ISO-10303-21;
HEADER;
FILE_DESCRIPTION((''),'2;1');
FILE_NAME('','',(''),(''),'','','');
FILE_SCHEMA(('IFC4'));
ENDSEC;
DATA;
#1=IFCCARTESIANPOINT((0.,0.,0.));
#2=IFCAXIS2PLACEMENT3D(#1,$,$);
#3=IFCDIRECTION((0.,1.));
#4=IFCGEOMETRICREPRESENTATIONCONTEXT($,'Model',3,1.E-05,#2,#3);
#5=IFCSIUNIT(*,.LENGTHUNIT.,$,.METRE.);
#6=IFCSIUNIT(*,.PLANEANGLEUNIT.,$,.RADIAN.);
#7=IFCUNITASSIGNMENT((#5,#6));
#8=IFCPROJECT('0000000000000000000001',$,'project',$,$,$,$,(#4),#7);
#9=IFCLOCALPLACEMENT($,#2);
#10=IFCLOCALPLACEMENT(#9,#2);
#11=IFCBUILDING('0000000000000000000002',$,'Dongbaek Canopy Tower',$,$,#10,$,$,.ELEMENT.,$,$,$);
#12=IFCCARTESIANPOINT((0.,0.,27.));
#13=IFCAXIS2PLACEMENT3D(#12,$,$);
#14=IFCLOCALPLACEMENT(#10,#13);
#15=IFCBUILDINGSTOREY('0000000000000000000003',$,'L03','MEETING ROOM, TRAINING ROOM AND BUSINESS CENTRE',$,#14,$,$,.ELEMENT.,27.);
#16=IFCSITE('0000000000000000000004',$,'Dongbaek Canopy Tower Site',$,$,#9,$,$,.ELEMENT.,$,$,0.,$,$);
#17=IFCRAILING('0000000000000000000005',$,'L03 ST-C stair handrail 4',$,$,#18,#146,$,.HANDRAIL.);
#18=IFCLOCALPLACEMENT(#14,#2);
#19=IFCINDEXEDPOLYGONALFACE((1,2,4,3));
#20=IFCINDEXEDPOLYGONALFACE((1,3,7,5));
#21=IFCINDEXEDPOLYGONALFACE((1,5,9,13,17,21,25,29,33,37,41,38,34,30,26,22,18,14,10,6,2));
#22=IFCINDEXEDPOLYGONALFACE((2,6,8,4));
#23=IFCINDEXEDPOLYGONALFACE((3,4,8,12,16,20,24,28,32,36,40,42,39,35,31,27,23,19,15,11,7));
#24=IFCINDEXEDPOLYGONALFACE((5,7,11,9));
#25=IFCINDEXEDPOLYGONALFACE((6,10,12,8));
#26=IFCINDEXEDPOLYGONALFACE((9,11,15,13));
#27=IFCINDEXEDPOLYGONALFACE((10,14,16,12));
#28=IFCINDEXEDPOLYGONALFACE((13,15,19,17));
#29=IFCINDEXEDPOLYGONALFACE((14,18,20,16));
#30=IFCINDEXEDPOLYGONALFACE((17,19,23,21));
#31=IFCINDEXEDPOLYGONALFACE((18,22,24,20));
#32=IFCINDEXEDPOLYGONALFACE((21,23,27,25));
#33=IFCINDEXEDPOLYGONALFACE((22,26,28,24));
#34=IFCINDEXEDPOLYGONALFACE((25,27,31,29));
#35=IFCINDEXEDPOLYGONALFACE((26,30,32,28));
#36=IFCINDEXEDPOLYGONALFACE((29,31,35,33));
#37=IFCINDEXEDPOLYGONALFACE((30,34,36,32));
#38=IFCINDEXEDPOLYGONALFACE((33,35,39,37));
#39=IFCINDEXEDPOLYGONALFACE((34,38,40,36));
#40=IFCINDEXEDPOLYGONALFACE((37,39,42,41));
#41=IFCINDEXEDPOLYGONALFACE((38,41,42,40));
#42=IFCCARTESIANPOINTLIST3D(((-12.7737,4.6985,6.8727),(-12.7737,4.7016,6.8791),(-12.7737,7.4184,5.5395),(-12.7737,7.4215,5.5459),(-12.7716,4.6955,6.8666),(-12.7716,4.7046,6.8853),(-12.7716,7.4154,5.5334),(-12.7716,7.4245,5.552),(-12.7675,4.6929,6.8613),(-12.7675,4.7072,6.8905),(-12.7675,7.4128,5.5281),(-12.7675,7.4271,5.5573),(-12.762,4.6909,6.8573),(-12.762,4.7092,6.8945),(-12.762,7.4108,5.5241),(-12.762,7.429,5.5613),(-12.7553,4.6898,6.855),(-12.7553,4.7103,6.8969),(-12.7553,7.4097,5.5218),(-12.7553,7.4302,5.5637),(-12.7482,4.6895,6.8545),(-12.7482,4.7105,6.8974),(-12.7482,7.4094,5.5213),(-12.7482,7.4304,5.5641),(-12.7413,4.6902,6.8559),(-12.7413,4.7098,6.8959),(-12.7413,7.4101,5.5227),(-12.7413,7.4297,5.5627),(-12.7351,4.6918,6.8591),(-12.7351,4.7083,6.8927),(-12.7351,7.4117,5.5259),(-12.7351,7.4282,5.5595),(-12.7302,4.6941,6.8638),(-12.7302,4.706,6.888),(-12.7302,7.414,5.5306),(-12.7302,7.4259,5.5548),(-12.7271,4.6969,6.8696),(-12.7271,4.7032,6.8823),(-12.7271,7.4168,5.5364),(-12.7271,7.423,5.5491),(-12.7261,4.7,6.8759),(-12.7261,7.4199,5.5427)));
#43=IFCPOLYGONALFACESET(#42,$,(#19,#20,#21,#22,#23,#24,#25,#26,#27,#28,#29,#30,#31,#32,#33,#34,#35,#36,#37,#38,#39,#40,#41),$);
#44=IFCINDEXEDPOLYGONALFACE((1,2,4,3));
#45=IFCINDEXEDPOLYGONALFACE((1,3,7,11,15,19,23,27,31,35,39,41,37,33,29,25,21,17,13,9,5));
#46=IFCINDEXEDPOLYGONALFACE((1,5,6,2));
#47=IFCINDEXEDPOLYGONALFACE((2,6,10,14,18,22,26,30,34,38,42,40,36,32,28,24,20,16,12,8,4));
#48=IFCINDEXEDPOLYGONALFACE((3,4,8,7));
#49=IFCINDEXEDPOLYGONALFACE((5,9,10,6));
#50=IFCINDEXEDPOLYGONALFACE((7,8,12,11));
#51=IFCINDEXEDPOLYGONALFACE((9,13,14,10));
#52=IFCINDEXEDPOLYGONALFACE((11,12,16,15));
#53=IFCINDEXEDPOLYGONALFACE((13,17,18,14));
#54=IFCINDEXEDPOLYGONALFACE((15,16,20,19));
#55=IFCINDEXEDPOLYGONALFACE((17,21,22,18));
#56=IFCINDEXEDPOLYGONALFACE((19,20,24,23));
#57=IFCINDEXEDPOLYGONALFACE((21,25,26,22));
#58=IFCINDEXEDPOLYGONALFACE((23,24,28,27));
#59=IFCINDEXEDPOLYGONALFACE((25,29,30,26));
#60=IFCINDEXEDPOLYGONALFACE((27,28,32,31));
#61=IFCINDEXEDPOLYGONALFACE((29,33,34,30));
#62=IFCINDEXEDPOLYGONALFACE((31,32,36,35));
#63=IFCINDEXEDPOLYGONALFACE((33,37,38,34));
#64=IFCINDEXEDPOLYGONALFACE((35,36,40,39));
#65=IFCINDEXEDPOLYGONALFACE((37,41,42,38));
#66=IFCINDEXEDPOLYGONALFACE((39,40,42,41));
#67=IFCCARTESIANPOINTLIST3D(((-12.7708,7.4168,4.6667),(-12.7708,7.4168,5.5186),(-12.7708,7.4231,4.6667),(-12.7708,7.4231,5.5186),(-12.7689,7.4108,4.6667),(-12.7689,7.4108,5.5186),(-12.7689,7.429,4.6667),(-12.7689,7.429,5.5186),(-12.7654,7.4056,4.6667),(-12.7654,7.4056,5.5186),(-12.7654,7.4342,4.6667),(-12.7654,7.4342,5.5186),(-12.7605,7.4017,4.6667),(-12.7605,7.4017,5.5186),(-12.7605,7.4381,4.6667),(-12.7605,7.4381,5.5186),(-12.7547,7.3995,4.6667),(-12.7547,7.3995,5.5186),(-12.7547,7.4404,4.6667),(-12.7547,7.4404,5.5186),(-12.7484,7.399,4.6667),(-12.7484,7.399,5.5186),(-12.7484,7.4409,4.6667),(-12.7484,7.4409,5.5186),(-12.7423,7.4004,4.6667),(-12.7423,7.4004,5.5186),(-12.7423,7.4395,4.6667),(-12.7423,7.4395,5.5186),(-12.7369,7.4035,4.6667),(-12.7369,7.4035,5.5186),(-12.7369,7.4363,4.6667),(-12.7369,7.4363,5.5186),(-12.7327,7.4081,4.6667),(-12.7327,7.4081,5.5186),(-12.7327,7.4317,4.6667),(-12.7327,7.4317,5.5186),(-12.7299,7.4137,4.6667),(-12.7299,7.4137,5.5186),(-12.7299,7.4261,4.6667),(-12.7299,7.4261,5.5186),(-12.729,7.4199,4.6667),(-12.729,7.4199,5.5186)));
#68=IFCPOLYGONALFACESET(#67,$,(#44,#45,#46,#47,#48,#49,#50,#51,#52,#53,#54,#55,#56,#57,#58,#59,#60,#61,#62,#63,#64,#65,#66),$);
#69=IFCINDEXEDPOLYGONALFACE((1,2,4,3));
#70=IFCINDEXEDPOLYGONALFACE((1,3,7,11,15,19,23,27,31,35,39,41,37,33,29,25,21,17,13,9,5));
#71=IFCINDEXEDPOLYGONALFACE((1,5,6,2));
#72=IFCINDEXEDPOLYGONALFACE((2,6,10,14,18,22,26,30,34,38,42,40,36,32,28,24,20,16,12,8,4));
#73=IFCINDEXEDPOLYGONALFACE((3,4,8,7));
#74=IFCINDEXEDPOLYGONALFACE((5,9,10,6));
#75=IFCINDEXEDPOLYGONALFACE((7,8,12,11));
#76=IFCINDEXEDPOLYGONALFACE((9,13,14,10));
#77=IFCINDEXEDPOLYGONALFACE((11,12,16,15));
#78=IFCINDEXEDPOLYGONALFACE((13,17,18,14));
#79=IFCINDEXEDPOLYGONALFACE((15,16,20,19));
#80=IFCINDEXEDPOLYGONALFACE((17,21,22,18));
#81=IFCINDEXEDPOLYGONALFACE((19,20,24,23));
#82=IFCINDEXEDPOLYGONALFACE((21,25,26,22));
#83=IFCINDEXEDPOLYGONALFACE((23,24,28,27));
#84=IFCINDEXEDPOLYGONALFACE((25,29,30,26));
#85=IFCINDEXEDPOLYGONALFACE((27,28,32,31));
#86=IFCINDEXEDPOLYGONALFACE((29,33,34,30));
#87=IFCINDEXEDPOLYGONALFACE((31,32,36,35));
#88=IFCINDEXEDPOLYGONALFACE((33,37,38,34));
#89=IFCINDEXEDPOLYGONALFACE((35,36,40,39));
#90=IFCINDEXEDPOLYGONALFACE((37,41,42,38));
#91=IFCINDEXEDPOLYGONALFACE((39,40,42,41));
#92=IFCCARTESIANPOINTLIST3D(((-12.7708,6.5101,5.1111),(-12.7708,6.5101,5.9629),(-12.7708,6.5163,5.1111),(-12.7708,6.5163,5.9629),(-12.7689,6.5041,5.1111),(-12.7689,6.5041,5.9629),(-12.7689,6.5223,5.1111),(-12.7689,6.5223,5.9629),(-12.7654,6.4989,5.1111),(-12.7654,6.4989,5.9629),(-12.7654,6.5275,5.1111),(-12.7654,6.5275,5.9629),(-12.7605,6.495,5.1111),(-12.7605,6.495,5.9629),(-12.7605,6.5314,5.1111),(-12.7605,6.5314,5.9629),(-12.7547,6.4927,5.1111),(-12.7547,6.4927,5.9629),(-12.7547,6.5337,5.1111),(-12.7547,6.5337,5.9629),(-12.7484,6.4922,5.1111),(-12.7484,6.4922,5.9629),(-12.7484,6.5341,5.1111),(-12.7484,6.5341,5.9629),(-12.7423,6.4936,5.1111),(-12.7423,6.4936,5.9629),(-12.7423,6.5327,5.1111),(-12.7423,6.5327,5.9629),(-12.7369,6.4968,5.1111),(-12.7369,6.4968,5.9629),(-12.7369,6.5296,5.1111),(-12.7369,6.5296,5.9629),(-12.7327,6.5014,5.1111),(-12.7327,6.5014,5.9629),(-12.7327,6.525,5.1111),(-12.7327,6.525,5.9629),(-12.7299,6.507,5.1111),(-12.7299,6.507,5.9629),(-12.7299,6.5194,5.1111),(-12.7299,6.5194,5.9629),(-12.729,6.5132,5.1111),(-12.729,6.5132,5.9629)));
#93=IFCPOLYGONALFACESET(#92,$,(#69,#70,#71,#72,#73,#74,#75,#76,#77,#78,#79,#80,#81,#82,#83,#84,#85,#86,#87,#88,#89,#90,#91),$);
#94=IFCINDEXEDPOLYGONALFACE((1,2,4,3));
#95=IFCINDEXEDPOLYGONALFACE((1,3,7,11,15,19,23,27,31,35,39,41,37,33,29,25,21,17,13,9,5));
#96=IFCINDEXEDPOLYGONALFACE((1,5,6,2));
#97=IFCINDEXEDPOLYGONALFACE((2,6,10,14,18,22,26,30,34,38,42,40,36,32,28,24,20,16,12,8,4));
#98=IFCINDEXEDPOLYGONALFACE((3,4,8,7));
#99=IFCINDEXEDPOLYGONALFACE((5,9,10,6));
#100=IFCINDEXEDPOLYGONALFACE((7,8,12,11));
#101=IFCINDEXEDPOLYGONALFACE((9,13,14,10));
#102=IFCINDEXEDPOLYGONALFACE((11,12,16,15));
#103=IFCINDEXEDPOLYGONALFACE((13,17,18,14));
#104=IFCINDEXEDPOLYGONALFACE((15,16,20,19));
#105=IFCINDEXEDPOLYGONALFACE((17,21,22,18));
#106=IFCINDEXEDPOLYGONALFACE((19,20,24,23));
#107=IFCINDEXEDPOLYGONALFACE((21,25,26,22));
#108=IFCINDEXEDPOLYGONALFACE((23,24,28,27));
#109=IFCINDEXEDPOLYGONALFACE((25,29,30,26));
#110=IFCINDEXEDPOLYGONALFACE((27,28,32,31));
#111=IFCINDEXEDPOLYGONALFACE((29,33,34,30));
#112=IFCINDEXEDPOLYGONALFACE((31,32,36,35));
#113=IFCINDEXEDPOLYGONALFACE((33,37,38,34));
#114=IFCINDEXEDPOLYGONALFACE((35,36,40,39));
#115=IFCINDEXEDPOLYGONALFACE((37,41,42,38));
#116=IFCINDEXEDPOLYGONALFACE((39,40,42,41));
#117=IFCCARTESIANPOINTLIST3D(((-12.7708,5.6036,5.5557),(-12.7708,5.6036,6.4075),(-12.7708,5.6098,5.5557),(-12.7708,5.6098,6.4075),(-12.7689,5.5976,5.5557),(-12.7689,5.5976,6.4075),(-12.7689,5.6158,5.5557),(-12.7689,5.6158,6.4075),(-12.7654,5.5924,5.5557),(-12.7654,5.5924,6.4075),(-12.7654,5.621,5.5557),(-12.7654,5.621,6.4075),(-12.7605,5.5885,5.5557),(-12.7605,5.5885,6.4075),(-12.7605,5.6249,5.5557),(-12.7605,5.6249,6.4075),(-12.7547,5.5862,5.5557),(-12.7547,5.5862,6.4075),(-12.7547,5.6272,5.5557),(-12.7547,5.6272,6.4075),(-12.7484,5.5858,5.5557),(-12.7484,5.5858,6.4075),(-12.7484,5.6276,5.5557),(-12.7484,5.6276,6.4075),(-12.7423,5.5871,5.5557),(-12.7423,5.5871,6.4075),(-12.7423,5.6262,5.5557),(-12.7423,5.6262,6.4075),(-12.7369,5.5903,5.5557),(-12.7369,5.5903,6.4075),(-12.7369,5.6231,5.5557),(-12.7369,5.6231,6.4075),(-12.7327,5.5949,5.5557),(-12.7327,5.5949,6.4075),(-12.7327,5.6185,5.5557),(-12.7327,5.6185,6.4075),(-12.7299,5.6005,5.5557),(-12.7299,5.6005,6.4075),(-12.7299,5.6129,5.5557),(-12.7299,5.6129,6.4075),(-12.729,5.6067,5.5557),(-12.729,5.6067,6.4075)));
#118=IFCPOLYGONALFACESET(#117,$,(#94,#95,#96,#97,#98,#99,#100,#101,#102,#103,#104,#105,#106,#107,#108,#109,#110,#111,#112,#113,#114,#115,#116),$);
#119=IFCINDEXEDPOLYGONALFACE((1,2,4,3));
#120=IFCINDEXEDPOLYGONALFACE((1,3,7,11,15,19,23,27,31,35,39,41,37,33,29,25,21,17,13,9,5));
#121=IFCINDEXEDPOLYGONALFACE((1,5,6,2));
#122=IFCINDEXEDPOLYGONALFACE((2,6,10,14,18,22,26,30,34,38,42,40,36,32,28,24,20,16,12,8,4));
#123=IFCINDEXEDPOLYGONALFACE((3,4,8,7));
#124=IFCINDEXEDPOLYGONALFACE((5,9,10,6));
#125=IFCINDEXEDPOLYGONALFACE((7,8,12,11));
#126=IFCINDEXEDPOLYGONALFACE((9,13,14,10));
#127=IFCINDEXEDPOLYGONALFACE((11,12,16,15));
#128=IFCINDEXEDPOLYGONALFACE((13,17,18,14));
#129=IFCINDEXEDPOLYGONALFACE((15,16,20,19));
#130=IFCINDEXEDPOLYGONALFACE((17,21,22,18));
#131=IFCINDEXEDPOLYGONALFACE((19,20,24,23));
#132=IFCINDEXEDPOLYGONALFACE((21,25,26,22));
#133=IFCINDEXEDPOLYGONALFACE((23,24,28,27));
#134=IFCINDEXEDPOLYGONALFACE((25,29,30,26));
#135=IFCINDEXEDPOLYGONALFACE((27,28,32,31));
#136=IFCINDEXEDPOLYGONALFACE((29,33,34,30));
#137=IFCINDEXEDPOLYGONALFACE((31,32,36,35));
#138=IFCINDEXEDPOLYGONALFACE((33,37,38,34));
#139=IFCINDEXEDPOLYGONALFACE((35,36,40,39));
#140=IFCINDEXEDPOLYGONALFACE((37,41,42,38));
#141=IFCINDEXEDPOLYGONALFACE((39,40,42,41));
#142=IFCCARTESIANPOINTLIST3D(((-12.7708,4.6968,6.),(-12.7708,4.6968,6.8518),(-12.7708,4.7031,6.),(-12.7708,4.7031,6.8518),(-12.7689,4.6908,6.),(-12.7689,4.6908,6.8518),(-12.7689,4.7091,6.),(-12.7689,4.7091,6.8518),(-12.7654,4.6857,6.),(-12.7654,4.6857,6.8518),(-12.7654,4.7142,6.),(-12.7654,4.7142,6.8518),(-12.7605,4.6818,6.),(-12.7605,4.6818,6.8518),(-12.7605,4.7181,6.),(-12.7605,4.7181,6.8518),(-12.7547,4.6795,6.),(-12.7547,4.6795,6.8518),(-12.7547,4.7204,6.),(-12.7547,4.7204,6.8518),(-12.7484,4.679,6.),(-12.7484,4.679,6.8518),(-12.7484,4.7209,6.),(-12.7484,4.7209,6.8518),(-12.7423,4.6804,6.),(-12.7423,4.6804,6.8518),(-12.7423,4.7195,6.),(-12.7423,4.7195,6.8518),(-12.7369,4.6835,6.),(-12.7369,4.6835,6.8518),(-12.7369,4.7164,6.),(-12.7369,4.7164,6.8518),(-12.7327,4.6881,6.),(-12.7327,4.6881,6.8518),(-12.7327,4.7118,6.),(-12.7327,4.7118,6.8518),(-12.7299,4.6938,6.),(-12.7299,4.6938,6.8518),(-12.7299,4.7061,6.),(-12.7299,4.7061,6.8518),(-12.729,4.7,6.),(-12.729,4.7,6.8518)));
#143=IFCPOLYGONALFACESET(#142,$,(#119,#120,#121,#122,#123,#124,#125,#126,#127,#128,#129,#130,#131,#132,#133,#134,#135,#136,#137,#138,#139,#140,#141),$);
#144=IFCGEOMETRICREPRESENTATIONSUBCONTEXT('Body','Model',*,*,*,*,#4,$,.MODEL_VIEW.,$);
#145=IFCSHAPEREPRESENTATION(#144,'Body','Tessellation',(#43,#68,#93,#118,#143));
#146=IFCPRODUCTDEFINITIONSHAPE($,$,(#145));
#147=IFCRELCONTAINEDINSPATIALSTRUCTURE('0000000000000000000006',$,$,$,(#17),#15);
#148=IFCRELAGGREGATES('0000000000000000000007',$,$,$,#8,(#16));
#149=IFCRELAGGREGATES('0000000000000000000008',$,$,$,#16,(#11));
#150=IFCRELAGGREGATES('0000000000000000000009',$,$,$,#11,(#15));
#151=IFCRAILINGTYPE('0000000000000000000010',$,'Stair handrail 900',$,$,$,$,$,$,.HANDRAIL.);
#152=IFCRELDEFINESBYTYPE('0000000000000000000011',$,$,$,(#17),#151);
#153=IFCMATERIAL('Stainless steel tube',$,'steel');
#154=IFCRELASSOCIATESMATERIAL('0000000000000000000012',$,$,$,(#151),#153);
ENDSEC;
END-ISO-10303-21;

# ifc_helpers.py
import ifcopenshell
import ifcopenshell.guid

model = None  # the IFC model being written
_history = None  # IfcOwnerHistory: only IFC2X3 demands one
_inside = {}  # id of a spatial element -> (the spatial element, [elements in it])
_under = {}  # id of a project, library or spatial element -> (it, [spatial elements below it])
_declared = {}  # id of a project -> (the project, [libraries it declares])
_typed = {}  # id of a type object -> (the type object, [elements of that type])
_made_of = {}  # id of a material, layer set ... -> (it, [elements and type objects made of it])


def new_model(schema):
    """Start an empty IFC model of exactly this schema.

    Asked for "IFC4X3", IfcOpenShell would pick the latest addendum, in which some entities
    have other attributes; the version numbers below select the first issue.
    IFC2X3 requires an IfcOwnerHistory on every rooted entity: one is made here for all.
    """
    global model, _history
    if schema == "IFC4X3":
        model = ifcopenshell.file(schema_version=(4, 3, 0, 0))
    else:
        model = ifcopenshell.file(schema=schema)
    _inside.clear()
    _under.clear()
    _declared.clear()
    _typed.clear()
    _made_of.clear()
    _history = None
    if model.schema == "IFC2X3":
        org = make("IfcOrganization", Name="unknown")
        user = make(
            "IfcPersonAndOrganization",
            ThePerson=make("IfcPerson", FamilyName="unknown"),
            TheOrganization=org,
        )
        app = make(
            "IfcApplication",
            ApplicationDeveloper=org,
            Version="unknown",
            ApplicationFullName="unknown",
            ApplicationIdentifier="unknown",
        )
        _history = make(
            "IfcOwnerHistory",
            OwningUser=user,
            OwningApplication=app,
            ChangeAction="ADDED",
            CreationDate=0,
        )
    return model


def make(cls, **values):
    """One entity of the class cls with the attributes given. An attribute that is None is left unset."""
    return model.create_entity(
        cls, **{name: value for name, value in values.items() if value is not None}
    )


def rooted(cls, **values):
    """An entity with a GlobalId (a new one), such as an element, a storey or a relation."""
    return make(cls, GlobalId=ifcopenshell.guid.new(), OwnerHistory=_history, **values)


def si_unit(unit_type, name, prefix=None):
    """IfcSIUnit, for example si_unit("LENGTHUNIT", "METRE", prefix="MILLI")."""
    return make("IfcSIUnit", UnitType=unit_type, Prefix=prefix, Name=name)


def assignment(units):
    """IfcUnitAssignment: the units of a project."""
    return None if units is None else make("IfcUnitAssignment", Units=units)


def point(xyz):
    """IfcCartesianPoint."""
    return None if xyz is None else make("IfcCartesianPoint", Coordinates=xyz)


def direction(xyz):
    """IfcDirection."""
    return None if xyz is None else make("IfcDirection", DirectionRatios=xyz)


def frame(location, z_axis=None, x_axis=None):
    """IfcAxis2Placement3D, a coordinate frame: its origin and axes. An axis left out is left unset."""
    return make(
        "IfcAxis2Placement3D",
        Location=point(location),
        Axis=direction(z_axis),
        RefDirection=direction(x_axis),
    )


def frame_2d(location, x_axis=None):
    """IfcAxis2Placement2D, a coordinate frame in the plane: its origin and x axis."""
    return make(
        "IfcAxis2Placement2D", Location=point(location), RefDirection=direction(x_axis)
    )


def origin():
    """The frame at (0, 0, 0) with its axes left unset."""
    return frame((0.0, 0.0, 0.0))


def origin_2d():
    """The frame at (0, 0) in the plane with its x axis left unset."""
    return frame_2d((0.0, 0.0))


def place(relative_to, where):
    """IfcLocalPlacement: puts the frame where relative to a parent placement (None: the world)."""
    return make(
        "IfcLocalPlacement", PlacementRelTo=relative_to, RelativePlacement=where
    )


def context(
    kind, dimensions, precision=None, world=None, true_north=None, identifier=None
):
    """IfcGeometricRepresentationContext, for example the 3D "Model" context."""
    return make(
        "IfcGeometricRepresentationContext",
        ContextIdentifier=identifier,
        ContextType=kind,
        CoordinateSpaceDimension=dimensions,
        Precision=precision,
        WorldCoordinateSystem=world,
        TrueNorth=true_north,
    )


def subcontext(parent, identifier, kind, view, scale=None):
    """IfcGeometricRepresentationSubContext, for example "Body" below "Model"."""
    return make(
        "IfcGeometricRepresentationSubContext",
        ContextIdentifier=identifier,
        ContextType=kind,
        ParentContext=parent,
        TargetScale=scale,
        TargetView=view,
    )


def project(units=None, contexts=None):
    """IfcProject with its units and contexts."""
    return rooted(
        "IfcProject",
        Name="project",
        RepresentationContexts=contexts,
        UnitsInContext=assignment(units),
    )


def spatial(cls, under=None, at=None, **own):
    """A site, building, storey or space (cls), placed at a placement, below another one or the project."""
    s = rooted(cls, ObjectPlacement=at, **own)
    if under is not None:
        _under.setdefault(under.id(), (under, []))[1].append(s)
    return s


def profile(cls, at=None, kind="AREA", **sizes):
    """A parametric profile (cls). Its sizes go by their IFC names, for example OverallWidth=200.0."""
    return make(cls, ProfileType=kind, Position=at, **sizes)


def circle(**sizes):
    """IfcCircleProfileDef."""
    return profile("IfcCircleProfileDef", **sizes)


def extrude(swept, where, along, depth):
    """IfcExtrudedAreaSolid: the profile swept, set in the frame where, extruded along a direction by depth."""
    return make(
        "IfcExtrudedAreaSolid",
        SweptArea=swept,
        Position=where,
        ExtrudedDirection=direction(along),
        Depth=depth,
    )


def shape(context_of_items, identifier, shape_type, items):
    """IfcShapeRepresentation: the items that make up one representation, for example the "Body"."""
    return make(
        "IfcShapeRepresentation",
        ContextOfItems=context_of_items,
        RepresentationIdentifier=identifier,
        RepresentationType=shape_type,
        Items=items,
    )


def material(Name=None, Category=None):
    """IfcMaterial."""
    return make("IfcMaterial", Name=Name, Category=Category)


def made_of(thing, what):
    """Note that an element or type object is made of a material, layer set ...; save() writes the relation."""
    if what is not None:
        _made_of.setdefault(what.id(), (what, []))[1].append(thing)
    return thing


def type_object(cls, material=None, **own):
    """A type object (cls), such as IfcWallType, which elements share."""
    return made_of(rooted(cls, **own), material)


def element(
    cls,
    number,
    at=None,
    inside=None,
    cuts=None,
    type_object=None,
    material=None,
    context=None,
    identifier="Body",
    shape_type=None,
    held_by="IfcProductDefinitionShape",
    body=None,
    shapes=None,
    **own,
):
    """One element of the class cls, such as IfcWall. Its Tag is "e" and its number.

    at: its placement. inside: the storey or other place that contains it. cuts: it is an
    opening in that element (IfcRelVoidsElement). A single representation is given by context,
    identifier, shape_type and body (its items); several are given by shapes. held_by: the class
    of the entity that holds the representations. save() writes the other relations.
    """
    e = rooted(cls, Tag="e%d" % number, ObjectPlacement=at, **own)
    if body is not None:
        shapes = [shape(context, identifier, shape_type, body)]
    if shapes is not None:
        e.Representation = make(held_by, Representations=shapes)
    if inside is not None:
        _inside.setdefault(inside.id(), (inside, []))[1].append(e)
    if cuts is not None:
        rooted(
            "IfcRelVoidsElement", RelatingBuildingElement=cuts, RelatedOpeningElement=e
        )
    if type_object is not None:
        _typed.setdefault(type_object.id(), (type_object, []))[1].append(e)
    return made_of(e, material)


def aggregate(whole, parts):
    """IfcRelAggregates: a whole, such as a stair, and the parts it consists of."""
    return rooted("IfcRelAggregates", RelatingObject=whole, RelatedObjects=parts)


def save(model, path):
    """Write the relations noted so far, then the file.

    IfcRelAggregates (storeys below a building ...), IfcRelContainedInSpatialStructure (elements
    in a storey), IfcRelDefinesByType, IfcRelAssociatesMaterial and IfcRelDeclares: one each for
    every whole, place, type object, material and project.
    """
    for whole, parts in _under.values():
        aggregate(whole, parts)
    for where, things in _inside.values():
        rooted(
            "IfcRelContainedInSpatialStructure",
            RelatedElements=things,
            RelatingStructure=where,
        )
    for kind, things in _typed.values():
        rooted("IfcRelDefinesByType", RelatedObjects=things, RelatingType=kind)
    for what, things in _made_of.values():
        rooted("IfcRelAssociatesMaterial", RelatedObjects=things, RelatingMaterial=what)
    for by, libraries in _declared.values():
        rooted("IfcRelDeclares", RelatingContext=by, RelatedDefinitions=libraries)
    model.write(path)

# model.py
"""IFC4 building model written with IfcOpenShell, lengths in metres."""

from ifc_helpers import new_model, si_unit, direction, frame, origin, origin_2d, place, context, subcontext, project, spatial, circle, extrude, material, type_object, element, save


model = new_model("IFC4")

# Units and contexts
model_context = context("Model", 3, precision=1e-05, world=origin(), true_north=direction((0.0, 1.0)))
body_context = subcontext(model_context, "Body", "Model", "MODEL_VIEW")
ifc_project = project(units=[si_unit("LENGTHUNIT", "METRE"), si_unit("PLANEANGLEUNIT", "RADIAN")], contexts=[model_context])

# Site, building, storey
site_placement = place(None, origin())
site = spatial("IfcSite", under=ifc_project, at=site_placement, Name="Dongbaek Canopy Tower Site", CompositionType="ELEMENT", RefElevation=0.0)
building_placement = place(site_placement, origin())
building = spatial("IfcBuilding", under=site, at=building_placement, Name="Dongbaek Canopy Tower", CompositionType="ELEMENT")
storey_placement = place(building_placement, frame((0.0, 0.0, 27.0)))
storey = spatial("IfcBuildingStorey", under=building, at=storey_placement, Name="L03", Description="MEETING ROOM, TRAINING ROOM AND BUSINESS CENTRE", CompositionType="ELEMENT", Elevation=27.0)

# Railing
ifc_material_1 = material(Name="Stainless steel tube", Category="steel")
railing_type_1 = type_object("IfcRailingType", Name="Stair handrail 900", PredefinedType="HANDRAIL", material=ifc_material_1)
for number, where, name in (
    (1, (-12.75, 7.4199, 4.6667), "L03 ST-C stair handrail 4"),
):
    element("IfcRailing", number, at=place(storey_placement, frame(where)), inside=storey, type_object=railing_type_1, Name=name, PredefinedType="HANDRAIL", context=body_context, shape_type="SweptSolid", body=[
        extrude(circle(Radius=0.0239, at=origin_2d()), frame((0.0, 0.0, 0.876), z_axis=(0.0, -0.897929, 0.440139), x_axis=(1.0, 0.0, 0.0)), (0.0, 0.0, 1.0), 3.0291),
        extrude(circle(Radius=0.021, at=origin_2d()), origin(), (0.0, 0.0, 1.0), 0.8518),
        extrude(circle(Radius=0.021, at=origin_2d()), frame((0.0, -0.9067, 0.4443)), (0.0, 0.0, 1.0), 0.8518),
        extrude(circle(Radius=0.021, at=origin_2d()), frame((0.0, -1.8132, 0.8889)), (0.0, 0.0, 1.0), 0.8518),
        extrude(circle(Radius=0.021, at=origin_2d()), frame((0.0, -2.72, 1.3333)), (0.0, 0.0, 1.0), 0.8518),
    ])

save(model, "model.ifc")
